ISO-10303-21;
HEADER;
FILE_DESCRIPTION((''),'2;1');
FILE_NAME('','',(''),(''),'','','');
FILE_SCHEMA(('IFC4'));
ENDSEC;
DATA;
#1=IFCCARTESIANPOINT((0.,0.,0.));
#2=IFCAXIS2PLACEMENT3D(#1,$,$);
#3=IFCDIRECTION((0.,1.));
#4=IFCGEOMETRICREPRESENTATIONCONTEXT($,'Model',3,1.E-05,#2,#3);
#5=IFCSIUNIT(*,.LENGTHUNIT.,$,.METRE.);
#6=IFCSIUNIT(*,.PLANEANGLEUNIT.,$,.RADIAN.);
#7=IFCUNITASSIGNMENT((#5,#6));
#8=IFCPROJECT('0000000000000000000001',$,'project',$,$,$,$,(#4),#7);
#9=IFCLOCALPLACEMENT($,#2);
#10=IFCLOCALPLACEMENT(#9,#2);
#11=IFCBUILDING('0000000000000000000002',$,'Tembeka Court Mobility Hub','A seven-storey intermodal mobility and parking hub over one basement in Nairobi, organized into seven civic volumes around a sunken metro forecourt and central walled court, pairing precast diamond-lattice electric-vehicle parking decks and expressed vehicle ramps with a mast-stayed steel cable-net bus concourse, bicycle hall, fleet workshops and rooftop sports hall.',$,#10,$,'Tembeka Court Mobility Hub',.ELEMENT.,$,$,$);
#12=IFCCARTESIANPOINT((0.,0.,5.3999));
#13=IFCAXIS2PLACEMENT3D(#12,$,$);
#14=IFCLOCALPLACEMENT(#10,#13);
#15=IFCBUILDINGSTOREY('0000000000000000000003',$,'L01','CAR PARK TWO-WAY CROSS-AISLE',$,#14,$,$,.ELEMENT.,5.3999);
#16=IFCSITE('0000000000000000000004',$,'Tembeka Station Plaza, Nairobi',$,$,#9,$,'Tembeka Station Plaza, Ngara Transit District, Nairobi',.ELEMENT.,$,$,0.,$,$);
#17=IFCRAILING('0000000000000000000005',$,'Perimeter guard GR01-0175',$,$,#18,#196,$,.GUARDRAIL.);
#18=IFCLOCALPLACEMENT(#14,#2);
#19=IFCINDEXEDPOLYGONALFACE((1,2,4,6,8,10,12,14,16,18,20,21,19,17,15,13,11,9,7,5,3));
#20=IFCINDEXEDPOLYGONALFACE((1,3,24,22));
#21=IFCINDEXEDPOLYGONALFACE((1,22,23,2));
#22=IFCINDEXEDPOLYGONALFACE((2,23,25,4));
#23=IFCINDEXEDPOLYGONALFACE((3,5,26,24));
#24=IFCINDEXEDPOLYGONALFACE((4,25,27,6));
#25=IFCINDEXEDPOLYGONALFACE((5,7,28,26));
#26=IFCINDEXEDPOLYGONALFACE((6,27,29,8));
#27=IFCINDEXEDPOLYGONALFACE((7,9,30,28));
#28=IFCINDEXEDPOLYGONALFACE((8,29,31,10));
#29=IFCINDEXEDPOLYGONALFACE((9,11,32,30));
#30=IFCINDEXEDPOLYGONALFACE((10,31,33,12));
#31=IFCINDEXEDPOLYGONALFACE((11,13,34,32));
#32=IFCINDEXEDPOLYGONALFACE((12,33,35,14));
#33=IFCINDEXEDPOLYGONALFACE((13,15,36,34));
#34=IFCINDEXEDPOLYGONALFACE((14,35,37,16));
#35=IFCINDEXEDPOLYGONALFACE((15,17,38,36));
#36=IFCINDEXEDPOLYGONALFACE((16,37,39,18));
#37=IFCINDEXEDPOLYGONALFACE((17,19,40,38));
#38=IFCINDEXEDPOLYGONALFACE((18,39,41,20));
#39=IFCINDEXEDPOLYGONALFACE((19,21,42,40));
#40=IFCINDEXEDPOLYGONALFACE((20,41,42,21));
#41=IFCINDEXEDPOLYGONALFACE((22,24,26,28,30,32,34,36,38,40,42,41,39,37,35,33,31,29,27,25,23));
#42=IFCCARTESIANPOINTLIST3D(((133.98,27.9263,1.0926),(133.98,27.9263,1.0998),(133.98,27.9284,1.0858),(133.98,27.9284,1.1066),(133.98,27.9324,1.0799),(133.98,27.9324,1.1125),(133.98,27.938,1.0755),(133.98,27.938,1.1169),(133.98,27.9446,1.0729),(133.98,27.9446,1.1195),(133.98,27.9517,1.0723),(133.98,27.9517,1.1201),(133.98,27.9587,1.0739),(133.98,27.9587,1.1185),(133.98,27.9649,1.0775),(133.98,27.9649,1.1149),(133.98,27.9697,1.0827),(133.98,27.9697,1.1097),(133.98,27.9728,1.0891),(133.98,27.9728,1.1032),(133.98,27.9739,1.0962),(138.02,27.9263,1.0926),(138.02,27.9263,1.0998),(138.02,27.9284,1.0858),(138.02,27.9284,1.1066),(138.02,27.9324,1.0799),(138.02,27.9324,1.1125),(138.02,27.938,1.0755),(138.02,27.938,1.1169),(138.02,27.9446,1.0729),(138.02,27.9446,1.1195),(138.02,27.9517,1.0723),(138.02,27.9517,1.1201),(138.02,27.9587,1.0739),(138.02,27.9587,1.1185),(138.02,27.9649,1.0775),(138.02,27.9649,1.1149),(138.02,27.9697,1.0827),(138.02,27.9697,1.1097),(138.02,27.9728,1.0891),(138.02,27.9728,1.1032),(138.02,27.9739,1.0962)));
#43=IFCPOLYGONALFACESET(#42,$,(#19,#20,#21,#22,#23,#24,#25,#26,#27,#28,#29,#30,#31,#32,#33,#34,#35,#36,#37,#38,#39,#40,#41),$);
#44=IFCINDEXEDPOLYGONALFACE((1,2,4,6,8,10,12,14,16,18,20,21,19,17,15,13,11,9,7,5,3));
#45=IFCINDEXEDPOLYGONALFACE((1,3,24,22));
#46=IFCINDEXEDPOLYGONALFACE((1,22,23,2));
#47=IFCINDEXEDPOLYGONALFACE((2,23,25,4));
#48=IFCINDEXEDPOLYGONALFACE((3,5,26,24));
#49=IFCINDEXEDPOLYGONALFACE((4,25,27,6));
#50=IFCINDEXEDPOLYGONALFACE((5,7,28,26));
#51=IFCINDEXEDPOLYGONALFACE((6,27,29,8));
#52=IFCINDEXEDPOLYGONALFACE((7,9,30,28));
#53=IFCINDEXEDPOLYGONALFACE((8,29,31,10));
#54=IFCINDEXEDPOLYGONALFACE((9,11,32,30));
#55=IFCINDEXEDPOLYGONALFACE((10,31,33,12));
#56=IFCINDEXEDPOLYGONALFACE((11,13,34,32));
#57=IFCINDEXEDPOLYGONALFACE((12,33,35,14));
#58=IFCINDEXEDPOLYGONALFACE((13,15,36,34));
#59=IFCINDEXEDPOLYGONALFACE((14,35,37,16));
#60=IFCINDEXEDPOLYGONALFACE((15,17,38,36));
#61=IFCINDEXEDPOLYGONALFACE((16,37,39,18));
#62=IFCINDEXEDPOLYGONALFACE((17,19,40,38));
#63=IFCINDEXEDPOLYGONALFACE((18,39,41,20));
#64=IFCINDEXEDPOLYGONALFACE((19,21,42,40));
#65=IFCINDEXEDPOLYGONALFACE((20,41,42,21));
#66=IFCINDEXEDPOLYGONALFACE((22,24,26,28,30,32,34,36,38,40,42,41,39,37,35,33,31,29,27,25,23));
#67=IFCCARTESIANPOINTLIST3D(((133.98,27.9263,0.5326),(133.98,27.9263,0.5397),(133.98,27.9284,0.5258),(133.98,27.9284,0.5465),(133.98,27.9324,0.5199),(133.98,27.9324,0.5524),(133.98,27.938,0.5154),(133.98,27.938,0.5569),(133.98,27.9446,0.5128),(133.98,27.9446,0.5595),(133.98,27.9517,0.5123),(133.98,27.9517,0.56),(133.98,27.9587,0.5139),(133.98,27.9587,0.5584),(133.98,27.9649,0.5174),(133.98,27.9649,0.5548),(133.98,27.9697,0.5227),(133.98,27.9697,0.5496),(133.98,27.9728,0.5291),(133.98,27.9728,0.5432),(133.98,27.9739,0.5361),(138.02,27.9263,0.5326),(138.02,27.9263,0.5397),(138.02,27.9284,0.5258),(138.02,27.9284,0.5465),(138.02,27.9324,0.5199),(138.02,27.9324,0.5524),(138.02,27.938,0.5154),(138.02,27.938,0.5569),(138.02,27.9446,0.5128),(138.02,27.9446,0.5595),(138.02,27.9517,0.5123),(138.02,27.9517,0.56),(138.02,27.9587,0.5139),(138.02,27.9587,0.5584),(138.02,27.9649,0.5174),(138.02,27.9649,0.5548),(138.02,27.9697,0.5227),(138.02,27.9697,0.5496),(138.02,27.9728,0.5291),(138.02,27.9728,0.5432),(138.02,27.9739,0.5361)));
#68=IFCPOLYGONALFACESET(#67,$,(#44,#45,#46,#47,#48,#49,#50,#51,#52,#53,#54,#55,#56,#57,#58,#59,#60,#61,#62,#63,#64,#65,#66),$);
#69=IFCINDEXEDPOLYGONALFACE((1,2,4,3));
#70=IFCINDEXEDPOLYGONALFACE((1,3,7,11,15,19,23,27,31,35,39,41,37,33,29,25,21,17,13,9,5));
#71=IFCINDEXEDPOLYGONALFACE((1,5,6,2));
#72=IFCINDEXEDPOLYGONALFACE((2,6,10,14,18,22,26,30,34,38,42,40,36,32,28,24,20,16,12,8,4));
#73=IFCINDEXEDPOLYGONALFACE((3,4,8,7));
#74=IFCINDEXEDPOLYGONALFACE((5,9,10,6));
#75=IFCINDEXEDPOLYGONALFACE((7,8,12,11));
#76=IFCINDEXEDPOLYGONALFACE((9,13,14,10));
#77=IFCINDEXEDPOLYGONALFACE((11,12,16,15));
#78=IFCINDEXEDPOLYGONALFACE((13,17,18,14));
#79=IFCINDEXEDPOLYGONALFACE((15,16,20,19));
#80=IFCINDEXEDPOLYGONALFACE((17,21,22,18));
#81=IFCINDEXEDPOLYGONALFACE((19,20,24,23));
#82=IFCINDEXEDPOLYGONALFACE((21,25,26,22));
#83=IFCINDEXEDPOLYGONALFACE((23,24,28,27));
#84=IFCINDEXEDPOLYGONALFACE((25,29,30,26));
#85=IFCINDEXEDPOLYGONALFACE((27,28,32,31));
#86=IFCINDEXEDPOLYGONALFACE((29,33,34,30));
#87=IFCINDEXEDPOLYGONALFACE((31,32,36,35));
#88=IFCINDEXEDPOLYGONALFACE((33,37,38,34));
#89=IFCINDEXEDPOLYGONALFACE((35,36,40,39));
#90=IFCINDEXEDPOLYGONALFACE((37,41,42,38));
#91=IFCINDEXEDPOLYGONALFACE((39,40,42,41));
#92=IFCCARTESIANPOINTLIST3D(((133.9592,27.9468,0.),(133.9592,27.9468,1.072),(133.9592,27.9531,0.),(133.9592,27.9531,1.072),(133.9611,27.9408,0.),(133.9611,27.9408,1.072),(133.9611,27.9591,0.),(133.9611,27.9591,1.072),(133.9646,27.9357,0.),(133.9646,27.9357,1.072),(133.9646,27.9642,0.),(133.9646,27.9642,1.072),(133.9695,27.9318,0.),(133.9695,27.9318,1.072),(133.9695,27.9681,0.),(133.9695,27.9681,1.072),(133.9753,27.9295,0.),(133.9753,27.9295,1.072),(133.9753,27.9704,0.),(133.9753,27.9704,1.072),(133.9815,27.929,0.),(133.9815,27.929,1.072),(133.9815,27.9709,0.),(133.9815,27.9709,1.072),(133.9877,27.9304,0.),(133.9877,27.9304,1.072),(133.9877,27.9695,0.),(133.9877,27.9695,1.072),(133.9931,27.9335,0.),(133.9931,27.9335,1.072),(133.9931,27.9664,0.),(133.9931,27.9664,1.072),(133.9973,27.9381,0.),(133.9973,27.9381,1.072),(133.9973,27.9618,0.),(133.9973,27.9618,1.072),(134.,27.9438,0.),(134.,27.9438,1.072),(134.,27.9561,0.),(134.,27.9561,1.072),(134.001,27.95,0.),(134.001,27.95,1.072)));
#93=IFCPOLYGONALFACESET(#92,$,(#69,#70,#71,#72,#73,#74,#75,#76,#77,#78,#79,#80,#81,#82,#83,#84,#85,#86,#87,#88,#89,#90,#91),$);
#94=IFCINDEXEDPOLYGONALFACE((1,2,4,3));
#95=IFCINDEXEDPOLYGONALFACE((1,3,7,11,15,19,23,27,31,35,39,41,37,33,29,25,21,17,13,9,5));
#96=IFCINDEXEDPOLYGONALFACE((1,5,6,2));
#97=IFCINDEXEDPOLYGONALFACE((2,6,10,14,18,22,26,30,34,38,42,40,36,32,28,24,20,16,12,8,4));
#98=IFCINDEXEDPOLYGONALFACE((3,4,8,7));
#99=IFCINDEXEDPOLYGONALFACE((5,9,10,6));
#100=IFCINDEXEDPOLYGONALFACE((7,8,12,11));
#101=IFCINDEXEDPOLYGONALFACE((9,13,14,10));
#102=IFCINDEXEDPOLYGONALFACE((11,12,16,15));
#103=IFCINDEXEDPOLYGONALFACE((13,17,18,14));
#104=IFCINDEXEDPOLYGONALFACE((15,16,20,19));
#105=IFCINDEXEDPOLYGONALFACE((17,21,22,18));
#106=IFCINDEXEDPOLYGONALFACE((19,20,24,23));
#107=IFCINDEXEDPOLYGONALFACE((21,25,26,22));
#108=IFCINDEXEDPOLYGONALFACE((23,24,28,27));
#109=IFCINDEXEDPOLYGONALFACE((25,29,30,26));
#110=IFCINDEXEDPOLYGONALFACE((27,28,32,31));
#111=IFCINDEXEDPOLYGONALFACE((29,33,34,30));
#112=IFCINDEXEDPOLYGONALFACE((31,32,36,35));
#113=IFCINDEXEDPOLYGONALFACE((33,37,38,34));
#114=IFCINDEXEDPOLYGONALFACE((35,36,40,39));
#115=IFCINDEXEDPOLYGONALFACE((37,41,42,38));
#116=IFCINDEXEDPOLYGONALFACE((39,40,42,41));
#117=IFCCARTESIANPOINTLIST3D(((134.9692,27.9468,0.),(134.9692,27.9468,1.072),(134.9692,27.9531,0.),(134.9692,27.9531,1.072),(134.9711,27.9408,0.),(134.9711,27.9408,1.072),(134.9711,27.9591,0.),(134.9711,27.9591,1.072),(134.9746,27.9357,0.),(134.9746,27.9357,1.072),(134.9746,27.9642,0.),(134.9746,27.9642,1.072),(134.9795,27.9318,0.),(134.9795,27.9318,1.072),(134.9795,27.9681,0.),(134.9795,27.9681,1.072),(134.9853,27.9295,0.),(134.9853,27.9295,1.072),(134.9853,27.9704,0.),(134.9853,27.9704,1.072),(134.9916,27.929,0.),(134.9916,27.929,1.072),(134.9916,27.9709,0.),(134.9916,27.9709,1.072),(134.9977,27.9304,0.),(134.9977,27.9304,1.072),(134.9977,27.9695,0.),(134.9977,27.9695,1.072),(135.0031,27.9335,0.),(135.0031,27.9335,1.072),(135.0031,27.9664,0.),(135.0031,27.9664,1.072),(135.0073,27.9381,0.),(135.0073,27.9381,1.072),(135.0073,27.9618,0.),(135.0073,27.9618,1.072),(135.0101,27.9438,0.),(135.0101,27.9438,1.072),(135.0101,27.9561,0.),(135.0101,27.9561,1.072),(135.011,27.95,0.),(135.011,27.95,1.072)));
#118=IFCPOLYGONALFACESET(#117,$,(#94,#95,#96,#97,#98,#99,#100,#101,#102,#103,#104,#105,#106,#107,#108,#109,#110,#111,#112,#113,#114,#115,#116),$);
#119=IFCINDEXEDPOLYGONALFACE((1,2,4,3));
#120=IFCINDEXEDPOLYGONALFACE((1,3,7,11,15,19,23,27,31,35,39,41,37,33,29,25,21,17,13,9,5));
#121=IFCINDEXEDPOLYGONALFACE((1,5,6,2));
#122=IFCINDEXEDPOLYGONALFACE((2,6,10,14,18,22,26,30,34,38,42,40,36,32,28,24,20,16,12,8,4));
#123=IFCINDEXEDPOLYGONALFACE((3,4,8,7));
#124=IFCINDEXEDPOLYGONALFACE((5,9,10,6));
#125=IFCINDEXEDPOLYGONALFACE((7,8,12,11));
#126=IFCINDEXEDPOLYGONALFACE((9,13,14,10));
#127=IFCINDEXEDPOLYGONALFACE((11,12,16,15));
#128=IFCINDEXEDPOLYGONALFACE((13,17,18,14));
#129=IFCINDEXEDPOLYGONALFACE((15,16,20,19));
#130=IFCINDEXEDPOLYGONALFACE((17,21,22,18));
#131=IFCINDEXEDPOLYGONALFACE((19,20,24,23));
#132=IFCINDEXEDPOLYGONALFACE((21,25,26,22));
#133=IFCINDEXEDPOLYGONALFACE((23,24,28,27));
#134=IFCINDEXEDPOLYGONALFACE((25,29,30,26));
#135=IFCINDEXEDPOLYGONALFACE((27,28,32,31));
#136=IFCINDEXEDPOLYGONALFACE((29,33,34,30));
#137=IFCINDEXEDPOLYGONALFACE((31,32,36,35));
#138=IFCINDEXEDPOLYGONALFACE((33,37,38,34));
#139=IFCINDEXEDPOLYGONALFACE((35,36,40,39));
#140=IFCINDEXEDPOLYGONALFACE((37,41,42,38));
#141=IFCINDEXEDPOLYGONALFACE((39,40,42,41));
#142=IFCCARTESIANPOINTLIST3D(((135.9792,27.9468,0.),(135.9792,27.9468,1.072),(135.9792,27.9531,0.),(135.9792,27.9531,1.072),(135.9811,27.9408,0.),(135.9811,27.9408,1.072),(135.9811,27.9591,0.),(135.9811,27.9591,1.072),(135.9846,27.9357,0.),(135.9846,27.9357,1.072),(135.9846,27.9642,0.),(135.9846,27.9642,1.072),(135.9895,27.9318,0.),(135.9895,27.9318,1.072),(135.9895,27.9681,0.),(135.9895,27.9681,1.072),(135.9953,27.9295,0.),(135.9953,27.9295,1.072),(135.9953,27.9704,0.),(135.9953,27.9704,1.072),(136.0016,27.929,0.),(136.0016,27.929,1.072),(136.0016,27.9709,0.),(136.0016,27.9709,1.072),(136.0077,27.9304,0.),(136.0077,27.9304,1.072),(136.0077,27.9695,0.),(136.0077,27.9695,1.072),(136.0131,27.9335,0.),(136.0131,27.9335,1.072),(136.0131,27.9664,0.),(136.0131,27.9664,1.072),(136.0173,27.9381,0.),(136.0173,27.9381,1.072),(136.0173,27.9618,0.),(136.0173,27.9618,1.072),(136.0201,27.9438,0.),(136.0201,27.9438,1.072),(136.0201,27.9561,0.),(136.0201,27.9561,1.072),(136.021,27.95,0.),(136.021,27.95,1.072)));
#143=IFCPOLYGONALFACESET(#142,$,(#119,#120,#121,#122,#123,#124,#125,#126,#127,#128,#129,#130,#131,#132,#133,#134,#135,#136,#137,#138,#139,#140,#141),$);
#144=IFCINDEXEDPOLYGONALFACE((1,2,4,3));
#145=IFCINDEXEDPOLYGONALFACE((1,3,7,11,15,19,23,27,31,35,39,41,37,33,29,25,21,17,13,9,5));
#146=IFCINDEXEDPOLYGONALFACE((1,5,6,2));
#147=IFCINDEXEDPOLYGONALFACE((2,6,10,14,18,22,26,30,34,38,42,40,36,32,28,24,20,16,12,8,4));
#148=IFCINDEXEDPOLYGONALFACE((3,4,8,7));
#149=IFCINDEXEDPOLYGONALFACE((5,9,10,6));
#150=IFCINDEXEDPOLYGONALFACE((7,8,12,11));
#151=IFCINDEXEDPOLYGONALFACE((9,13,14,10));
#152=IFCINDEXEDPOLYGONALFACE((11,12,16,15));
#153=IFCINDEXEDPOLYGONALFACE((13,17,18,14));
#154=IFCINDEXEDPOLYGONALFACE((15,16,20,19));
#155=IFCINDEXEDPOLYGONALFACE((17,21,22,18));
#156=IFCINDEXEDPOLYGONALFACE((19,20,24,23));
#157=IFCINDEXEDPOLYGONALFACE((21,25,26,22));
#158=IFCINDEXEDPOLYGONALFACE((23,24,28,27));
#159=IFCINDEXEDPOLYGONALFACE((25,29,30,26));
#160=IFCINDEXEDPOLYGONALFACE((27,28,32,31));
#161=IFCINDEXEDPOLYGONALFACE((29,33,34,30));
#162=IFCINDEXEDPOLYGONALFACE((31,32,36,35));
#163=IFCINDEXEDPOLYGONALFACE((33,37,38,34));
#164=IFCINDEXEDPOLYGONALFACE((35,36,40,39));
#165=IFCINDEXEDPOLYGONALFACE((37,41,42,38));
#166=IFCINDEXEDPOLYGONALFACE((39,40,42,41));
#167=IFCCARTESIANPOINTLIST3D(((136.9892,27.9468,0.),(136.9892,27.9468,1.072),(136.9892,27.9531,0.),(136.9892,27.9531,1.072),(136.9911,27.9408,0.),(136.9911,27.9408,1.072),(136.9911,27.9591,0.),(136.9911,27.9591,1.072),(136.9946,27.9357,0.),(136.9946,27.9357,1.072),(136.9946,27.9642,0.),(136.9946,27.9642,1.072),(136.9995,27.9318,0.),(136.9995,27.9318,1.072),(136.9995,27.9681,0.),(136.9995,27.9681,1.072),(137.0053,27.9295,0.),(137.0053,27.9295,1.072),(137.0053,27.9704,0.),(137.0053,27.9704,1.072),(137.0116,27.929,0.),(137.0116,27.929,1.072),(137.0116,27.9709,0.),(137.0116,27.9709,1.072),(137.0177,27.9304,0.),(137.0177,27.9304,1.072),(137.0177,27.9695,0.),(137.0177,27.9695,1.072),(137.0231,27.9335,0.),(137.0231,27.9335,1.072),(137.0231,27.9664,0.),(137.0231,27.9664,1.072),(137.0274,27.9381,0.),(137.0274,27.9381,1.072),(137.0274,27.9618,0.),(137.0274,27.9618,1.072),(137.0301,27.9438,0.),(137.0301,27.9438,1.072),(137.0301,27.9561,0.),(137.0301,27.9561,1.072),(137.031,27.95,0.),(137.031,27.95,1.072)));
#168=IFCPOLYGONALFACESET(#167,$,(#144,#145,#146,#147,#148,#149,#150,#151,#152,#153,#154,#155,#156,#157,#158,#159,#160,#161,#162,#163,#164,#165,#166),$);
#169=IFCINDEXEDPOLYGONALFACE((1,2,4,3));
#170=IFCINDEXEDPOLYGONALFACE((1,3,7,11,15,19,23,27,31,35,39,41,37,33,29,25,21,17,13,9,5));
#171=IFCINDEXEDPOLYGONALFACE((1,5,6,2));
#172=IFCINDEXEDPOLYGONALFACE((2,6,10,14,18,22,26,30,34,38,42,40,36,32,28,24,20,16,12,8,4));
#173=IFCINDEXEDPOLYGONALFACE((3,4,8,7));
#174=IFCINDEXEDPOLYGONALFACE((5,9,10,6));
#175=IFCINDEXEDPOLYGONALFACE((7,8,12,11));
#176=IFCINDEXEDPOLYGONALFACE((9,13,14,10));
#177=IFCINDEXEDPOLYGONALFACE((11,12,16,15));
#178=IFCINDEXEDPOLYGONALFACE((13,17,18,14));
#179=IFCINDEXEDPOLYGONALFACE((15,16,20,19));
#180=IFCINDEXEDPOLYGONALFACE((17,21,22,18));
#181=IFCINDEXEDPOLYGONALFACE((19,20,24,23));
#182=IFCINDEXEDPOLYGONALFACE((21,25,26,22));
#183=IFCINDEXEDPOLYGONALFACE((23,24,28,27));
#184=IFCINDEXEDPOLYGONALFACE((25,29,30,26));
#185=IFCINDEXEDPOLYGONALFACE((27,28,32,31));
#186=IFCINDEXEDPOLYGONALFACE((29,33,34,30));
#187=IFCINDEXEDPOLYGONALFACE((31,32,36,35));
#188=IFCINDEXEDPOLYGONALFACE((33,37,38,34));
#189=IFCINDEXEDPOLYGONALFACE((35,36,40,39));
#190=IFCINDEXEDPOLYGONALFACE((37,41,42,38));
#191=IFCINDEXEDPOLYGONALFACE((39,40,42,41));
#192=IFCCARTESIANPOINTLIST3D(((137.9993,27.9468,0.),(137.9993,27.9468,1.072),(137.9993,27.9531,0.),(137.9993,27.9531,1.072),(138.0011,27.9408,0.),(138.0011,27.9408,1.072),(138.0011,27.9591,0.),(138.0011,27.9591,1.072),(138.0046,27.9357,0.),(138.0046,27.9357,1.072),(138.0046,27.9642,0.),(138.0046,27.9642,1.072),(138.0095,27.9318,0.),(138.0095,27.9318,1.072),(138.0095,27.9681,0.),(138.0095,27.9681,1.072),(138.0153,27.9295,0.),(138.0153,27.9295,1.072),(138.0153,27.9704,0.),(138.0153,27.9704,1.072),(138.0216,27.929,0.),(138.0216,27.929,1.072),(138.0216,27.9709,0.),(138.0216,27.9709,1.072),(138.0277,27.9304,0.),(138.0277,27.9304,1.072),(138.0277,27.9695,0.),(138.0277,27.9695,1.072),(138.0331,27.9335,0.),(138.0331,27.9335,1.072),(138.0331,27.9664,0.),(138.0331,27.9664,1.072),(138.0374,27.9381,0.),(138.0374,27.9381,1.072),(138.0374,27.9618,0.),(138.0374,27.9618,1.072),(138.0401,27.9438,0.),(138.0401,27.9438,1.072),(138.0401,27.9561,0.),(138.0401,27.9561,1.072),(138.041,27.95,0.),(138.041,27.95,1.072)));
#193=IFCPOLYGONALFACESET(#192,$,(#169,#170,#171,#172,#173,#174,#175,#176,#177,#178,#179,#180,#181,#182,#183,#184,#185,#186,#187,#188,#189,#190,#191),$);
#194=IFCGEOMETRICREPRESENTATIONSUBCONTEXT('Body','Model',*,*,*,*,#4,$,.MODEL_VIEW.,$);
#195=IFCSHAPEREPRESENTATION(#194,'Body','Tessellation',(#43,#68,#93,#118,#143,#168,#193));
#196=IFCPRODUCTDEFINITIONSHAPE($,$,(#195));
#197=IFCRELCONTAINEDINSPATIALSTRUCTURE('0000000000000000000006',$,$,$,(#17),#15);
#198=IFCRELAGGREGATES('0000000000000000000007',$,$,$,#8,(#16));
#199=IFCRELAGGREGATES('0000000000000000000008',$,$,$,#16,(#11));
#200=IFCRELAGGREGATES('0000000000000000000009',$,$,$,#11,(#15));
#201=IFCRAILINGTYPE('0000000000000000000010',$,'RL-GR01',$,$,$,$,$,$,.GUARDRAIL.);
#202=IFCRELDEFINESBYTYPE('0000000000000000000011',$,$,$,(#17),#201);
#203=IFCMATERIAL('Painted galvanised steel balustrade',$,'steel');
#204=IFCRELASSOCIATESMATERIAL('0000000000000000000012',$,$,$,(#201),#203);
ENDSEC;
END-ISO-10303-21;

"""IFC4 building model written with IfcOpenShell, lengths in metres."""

from ifc_helpers import new_model, si_unit, direction, frame, origin, origin_2d, place, context, subcontext, project, spatial, circle, extrude, material, type_object, element, save


model = new_model("IFC4")

# Units and contexts
model_context = context("Model", 3, precision=1e-05, world=origin(), true_north=direction((0.0, 1.0)))
body_context = subcontext(model_context, "Body", "Model", "MODEL_VIEW")
ifc_project = project(units=[si_unit("LENGTHUNIT", "METRE"), si_unit("PLANEANGLEUNIT", "RADIAN")], contexts=[model_context])

# Site, building, storey
site_placement = place(None, origin())
site = spatial("IfcSite", under=ifc_project, at=site_placement, Name="Tembeka Station Plaza, Nairobi", LongName="Tembeka Station Plaza, Ngara Transit District, Nairobi", CompositionType="ELEMENT", RefElevation=0.0)
building_placement = place(site_placement, origin())
building = spatial("IfcBuilding", under=site, at=building_placement, Name="Tembeka Court Mobility Hub", Description="A seven-storey intermodal mobility and parking hub over one basement in Nairobi, organized into seven civic volumes around a sunken metro forecourt and central walled court, pairing precast diamond-lattice electric-vehicle parking decks and expressed vehicle ramps with a mast-stayed steel cable-net bus concourse, bicycle hall, fleet workshops and rooftop sports hall.", LongName="Tembeka Court Mobility Hub", CompositionType="ELEMENT")
storey_placement = place(building_placement, frame((0.0, 0.0, 5.3999)))
storey = spatial("IfcBuildingStorey", under=building, at=storey_placement, Name="L01", Description="CAR PARK TWO-WAY CROSS-AISLE", CompositionType="ELEMENT", Elevation=5.3999)

# Railing
ifc_material_1 = material(Name="Painted galvanised steel balustrade", Category="steel")
railing_type = type_object("IfcRailingType", Name="RL-GR01", PredefinedType="GUARDRAIL", material=ifc_material_1)
railing_1_placement = place(storey_placement, frame((133.98, 27.95, 0.0)))
element("IfcRailing", 1, at=railing_1_placement, inside=storey, type_object=railing_type, Name="Perimeter guard GR01-0175", PredefinedType="GUARDRAIL", context=body_context, shape_type="SweptSolid", body=[
    extrude(circle(Radius=0.0239, at=origin_2d()), frame((0.0, 0.0, 1.0962), z_axis=(1.0, 0.0, 0.0), x_axis=(0.0, 1.0, 0.0)), (0.0, 0.0, 1.0), 4.04),
    extrude(circle(Radius=0.0239, at=origin_2d()), frame((0.0, 0.0, 0.5361), z_axis=(1.0, 0.0, 0.0), x_axis=(0.0, 1.0, 0.0)), (0.0, 0.0, 1.0), 4.04),
    extrude(circle(Radius=0.021, at=origin_2d()), origin(), (0.0, 0.0, 1.0), 1.072),
    extrude(circle(Radius=0.021, at=origin_2d()), frame((1.01, 0.0, 0.0)), (0.0, 0.0, 1.0), 1.072),
    extrude(circle(Radius=0.021, at=origin_2d()), frame((2.02, 0.0, 0.0)), (0.0, 0.0, 1.0), 1.072),
    extrude(circle(Radius=0.021, at=origin_2d()), frame((3.03, 0.0, 0.0)), (0.0, 0.0, 1.0), 1.072),
    extrude(circle(Radius=0.021, at=origin_2d()), frame((4.04, 0.0, 0.0)), (0.0, 0.0, 1.0), 1.072),
])

save(model, "model.ifc")
